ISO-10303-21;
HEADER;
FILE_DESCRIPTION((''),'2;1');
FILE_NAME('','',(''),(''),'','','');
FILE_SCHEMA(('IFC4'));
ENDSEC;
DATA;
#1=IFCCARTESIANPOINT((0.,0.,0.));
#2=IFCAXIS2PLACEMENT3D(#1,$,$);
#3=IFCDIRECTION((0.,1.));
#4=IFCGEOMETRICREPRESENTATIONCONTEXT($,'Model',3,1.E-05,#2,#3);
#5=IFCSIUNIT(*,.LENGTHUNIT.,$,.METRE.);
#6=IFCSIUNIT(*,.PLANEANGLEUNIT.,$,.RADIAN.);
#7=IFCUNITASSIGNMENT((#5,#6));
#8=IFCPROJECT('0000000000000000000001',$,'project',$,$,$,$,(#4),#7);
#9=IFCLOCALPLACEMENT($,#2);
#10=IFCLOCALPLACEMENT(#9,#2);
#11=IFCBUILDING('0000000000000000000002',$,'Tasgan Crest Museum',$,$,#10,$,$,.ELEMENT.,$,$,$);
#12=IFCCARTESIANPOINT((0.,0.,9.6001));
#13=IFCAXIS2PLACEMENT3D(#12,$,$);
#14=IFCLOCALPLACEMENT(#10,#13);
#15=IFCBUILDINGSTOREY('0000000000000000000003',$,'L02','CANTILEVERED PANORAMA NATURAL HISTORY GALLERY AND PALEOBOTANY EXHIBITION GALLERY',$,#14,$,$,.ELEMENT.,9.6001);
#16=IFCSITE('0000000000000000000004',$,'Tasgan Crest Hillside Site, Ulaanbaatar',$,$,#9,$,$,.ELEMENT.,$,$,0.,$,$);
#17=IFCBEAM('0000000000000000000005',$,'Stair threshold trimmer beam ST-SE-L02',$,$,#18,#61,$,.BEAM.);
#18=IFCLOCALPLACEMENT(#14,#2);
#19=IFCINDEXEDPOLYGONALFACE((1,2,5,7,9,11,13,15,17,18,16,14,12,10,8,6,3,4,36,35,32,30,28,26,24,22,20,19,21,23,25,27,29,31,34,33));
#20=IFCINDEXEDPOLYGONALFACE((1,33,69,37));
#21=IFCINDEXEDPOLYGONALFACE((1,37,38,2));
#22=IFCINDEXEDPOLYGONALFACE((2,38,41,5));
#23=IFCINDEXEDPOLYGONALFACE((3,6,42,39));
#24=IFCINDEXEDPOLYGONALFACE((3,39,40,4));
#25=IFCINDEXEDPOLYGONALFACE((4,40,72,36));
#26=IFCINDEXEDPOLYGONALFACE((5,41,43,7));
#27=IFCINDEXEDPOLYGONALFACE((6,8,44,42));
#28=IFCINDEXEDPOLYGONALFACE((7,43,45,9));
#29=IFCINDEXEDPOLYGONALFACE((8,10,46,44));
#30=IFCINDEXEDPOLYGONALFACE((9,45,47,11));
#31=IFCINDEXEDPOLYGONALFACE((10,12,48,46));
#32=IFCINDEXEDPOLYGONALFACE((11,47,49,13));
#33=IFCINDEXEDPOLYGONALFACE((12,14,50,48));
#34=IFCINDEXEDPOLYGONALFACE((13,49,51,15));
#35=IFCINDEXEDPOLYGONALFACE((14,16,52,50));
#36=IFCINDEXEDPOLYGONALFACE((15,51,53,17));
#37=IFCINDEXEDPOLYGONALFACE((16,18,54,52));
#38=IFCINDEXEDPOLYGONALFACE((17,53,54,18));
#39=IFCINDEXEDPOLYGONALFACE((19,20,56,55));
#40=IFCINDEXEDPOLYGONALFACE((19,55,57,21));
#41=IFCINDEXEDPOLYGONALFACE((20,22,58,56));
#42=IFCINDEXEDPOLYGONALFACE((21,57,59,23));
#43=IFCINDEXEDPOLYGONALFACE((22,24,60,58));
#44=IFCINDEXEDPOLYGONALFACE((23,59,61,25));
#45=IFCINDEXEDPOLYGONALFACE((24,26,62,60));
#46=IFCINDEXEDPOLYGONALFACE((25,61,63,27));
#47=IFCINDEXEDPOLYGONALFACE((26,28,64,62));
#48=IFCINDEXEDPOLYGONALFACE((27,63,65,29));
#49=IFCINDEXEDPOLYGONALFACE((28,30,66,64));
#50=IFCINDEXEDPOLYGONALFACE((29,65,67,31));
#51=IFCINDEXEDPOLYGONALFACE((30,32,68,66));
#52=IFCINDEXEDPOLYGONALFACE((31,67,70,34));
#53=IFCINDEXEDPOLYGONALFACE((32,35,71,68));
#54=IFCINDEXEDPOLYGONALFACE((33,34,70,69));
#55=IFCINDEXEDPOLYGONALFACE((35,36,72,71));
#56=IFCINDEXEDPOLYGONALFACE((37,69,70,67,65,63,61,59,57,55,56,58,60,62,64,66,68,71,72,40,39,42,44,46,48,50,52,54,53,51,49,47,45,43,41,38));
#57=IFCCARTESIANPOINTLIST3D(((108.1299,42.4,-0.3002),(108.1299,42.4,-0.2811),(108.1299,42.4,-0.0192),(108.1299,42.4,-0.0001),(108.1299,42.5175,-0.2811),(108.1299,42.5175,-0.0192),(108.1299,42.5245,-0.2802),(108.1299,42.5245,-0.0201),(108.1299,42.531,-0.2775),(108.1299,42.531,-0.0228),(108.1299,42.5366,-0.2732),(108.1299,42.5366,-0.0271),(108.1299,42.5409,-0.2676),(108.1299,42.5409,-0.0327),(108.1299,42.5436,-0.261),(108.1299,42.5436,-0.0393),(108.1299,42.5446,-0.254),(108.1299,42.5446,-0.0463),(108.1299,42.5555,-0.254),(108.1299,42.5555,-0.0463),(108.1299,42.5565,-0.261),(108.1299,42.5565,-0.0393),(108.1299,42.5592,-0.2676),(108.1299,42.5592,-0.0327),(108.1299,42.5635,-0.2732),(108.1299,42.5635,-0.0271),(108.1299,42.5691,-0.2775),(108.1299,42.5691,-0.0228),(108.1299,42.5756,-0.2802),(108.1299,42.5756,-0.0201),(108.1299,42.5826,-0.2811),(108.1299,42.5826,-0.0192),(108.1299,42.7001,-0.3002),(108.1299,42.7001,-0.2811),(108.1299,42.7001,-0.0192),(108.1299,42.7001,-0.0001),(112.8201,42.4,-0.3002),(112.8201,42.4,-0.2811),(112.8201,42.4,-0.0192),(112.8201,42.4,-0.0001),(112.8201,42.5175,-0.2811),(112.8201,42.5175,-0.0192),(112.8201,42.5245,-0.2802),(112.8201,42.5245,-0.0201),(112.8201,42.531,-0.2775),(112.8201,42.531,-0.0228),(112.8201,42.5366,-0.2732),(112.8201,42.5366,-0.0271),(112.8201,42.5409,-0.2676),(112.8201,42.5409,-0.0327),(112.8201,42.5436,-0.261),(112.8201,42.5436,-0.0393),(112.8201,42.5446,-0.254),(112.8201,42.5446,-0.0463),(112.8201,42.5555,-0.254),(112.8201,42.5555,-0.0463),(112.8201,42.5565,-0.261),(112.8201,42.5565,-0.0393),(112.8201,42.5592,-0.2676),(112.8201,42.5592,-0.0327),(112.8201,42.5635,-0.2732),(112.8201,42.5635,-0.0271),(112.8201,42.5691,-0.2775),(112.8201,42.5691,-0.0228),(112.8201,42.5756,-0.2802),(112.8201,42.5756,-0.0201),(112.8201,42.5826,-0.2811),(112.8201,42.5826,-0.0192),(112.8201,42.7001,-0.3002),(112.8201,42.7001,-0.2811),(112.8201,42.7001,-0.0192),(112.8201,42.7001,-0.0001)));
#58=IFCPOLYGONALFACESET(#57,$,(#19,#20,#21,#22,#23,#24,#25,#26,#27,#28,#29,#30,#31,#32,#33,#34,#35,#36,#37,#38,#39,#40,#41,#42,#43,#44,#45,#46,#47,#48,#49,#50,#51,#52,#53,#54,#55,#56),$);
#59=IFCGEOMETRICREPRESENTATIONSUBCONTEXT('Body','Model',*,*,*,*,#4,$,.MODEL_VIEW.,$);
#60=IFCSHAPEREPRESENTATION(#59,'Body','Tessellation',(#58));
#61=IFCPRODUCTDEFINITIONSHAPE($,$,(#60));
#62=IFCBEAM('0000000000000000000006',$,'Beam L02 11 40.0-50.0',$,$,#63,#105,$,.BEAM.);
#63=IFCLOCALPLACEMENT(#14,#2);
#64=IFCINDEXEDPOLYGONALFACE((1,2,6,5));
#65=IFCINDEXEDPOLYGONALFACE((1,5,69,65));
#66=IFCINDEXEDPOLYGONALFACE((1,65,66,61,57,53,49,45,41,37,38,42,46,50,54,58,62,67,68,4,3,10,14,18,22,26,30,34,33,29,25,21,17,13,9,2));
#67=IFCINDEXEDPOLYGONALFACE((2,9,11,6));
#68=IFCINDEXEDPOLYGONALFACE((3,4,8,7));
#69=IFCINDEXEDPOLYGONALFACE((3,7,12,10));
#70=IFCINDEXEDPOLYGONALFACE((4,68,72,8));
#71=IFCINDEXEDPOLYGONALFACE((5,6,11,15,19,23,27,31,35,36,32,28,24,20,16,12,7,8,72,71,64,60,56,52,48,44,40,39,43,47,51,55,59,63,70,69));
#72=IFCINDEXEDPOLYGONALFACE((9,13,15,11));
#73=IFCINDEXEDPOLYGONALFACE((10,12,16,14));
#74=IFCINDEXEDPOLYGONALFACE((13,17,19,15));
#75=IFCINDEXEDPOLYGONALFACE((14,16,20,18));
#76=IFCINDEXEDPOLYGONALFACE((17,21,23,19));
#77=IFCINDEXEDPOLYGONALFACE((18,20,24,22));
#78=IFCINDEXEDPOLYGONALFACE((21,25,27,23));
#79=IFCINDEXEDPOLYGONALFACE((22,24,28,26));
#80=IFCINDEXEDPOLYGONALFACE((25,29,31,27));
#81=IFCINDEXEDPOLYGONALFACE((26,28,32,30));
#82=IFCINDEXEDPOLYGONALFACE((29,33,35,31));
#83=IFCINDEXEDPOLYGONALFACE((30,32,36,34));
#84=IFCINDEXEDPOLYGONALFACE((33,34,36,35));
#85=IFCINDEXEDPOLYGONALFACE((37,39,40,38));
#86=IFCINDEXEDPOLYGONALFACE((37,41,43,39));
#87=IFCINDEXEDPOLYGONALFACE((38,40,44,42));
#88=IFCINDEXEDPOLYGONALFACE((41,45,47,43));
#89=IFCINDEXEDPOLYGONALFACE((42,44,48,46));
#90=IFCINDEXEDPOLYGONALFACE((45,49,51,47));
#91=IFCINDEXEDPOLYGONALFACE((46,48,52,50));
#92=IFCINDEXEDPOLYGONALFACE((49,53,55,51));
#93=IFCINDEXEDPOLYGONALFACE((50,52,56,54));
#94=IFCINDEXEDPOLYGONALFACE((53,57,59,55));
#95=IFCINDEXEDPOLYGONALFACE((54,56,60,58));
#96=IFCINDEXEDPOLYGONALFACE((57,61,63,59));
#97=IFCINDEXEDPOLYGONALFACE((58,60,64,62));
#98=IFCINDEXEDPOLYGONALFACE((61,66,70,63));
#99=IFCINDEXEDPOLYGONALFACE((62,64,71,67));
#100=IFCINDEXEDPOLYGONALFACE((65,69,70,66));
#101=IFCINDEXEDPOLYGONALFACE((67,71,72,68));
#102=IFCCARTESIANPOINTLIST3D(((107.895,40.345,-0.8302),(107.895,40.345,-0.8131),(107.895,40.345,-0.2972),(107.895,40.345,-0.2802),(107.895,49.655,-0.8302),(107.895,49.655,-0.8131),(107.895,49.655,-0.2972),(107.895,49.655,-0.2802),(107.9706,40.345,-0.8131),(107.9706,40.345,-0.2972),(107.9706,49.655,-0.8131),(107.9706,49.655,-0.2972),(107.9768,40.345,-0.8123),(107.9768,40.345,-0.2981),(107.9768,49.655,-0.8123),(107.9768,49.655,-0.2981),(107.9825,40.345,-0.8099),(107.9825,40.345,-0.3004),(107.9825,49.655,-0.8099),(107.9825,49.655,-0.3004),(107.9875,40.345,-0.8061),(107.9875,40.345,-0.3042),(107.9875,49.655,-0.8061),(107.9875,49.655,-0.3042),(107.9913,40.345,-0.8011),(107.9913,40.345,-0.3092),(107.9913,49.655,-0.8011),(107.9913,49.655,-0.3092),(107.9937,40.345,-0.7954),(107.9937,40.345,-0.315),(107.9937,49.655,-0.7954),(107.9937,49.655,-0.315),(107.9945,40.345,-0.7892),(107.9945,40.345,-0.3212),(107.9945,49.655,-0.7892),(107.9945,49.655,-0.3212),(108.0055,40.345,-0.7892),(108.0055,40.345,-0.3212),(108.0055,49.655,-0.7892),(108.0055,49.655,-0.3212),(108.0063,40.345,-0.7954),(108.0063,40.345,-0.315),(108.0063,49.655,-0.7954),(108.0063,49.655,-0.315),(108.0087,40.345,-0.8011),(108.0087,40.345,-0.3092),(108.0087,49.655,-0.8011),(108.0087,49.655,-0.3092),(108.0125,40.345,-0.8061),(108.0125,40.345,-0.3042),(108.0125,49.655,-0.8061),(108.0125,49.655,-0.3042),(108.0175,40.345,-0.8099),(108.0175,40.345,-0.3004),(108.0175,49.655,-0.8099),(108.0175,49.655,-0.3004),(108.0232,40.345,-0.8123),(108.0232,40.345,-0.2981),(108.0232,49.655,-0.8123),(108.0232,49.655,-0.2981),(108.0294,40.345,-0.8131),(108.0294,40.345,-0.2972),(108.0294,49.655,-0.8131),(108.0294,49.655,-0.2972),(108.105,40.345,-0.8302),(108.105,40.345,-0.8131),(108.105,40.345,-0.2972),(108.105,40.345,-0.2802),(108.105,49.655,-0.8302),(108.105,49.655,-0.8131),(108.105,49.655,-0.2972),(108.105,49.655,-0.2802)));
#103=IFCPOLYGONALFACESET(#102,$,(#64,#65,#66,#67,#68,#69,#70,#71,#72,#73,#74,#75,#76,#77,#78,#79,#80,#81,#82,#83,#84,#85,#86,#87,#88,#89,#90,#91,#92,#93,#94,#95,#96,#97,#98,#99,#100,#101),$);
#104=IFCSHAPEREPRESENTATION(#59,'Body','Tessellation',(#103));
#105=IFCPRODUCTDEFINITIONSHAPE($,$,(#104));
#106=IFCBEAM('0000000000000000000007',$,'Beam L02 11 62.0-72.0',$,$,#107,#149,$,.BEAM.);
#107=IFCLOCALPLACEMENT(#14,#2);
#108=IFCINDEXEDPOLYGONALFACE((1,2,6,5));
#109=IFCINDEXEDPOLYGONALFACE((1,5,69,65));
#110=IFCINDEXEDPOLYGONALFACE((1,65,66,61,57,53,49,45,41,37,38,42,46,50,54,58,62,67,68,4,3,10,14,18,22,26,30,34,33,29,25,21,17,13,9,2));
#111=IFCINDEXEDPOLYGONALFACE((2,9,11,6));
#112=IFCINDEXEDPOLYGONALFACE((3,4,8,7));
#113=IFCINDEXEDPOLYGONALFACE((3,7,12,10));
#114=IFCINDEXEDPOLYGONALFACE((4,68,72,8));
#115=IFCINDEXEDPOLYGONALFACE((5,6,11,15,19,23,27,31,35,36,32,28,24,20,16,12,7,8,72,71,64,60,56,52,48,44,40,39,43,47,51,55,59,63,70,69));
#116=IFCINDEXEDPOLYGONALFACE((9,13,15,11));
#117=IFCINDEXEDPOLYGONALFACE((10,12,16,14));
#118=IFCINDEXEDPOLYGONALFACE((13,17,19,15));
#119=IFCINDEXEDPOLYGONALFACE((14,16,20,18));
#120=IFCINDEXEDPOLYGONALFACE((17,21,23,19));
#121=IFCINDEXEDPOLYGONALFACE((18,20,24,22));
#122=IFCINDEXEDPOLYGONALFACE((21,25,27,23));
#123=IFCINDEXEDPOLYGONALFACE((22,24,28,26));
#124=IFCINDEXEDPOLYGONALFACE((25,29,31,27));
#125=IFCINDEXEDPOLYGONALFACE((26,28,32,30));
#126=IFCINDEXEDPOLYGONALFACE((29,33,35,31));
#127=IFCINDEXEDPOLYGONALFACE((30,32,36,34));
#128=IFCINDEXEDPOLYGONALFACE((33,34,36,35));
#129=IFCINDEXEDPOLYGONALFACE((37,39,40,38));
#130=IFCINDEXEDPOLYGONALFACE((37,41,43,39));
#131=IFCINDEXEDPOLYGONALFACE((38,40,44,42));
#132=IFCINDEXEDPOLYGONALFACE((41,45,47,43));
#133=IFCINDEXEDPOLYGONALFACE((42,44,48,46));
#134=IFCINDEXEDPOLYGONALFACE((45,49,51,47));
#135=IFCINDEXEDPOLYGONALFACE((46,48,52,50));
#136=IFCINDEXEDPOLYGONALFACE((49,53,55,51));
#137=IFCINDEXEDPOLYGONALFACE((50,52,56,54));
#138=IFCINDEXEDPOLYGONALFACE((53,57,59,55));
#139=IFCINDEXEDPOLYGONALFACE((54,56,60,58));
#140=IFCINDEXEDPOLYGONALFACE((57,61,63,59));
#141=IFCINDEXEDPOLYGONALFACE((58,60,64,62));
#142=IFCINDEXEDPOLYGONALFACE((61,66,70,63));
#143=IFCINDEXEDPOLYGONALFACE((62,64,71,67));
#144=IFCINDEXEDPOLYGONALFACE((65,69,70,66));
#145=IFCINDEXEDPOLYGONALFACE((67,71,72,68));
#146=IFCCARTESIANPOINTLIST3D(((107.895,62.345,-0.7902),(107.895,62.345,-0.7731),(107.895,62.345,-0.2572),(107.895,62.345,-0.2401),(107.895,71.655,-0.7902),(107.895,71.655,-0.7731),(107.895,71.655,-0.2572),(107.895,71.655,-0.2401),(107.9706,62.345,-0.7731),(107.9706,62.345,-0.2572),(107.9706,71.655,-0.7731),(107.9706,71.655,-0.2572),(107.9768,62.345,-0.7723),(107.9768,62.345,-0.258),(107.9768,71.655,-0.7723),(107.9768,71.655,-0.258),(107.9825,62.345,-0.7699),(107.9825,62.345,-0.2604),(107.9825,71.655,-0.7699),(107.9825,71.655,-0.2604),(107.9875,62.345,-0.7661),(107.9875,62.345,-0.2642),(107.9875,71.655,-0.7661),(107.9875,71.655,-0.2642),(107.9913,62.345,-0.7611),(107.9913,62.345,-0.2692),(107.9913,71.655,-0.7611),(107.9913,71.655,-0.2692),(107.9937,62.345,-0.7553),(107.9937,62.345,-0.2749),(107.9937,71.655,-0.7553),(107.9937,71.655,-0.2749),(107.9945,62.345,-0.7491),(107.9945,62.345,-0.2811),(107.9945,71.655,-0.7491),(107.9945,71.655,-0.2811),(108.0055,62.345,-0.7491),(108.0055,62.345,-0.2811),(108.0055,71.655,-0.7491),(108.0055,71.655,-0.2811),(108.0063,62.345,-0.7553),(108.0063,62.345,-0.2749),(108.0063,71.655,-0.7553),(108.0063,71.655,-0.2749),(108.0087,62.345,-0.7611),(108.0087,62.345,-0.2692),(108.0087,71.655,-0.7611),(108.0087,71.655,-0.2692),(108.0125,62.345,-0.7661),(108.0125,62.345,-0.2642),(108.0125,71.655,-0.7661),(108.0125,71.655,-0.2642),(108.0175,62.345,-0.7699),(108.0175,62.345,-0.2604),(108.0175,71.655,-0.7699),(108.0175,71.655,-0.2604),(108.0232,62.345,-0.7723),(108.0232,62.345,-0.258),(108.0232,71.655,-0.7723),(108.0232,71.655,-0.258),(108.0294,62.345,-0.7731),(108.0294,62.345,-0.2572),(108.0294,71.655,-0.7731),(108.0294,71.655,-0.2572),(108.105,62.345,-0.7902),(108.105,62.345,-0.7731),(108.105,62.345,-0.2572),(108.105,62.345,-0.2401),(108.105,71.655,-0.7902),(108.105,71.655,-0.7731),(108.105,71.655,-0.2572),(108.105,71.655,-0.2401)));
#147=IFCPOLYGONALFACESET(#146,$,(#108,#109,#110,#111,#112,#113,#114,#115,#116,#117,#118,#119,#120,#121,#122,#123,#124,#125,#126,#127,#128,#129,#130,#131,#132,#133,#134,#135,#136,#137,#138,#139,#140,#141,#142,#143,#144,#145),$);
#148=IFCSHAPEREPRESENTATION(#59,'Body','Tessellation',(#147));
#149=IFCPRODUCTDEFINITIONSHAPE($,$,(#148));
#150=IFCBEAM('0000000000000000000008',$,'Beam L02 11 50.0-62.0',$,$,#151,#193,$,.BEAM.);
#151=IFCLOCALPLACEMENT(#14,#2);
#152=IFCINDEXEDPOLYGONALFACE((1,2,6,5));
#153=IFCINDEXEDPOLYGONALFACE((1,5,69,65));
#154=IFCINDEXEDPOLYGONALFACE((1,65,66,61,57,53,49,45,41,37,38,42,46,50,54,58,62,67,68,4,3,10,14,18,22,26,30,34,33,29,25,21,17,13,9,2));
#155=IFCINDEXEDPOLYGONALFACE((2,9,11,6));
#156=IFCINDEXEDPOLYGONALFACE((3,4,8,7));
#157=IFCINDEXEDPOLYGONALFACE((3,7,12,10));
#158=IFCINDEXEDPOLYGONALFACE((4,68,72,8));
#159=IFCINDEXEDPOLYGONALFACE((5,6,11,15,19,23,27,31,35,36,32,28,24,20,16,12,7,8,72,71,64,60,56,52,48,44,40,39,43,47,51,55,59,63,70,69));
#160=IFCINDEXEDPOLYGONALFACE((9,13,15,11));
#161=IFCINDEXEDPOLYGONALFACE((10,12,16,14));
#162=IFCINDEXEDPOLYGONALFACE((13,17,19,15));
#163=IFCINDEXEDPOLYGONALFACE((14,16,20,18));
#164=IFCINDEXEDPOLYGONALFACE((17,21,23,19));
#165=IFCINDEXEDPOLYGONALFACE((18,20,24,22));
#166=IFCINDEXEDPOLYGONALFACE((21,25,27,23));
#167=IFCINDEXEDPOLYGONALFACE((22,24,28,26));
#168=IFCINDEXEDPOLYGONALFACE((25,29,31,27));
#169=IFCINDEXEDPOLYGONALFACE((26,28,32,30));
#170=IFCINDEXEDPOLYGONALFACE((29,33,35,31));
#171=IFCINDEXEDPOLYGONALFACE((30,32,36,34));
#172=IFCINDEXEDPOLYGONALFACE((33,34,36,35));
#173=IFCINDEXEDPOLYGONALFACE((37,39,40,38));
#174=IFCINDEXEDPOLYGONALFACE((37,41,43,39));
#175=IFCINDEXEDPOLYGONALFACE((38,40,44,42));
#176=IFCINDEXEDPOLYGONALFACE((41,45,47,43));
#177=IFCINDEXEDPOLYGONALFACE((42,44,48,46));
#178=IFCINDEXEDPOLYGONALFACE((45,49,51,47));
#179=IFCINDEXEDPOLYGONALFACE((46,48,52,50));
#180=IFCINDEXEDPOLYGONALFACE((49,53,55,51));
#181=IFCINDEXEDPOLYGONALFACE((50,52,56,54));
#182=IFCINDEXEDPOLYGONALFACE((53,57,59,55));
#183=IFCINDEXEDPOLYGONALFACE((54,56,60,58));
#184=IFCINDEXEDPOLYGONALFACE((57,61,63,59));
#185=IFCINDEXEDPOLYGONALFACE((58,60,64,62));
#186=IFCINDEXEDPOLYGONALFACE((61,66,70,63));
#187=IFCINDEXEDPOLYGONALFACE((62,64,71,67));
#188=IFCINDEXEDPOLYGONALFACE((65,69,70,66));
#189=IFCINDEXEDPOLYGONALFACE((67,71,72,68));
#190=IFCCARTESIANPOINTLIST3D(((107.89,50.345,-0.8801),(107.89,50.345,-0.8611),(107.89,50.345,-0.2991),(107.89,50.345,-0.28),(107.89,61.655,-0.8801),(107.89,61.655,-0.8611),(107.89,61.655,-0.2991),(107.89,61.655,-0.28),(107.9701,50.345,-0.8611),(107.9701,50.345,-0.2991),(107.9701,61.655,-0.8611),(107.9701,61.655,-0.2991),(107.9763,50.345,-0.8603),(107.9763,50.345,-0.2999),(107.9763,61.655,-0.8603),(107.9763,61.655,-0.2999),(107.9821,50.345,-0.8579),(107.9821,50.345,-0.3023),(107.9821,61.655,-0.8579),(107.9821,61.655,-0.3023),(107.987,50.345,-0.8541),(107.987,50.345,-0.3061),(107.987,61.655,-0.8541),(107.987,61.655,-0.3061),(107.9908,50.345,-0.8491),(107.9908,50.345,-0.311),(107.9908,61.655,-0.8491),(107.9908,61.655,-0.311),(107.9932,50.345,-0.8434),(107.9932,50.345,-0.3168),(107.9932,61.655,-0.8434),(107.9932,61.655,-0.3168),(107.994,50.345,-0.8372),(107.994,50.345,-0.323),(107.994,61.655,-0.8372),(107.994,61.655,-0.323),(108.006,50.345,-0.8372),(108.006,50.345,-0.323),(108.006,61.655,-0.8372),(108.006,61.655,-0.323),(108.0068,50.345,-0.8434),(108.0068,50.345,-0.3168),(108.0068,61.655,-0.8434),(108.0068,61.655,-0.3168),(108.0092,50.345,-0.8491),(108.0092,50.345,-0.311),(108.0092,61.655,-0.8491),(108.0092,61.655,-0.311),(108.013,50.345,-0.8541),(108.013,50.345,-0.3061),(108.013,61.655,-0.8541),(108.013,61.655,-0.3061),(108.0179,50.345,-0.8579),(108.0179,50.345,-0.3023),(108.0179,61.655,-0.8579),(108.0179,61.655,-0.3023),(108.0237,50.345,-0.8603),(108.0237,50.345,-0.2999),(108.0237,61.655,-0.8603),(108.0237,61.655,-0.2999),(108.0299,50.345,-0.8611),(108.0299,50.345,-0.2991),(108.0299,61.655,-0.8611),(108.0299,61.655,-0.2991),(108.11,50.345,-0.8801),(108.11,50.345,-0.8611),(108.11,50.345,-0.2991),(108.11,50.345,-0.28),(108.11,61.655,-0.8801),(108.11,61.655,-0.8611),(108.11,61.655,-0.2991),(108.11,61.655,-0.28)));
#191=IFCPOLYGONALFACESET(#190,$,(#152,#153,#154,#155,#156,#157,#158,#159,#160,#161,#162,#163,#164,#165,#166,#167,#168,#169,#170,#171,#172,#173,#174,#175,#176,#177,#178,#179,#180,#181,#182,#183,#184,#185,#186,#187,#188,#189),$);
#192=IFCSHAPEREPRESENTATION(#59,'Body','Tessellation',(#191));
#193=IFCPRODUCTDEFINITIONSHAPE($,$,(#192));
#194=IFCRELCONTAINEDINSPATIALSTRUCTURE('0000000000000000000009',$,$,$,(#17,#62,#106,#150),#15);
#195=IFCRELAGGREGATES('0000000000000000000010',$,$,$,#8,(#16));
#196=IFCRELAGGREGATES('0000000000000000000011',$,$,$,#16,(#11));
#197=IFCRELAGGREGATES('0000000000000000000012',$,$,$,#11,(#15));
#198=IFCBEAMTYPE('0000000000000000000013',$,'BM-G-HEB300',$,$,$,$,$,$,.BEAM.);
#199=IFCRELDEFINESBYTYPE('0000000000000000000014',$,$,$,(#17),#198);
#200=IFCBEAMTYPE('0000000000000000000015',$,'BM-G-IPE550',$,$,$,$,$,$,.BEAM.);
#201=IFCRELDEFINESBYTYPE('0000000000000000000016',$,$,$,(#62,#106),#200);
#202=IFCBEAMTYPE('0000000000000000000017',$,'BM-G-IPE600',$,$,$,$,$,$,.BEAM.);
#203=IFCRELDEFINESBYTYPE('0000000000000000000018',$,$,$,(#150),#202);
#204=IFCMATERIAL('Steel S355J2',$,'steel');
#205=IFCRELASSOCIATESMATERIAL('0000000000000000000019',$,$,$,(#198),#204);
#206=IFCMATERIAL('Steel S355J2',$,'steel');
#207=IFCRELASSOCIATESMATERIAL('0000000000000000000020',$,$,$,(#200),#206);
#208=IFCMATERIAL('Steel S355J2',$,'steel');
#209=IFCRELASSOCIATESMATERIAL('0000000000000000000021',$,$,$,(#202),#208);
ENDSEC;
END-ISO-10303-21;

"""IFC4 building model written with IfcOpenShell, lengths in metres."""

from ifc_helpers import new_model, si_unit, direction, frame, origin, origin_2d, place, context, subcontext, project, spatial, i_section, extrude, material, material_profile, profile_set, type_object, element, save


model = new_model("IFC4")

# Units and contexts
model_context = context("Model", 3, precision=1e-05, world=origin(), true_north=direction((0.0, 1.0)))
body_context = subcontext(model_context, "Body", "Model", "MODEL_VIEW")
ifc_project = project(units=[si_unit("LENGTHUNIT", "METRE"), si_unit("PLANEANGLEUNIT", "RADIAN")], contexts=[model_context])

# Site, building, storey
site_placement = place(None, origin())
site = spatial("IfcSite", under=ifc_project, at=site_placement, Name="Tasgan Crest Hillside Site, Ulaanbaatar", CompositionType="ELEMENT", RefElevation=0.0)
building_placement = place(site_placement, origin())
building = spatial("IfcBuilding", under=site, at=building_placement, Name="Tasgan Crest Museum", CompositionType="ELEMENT")
storey_placement = place(building_placement, frame((0.0, 0.0, 9.6001)))
storey = spatial("IfcBuildingStorey", under=building, at=storey_placement, Name="L02", Description="CANTILEVERED PANORAMA NATURAL HISTORY GALLERY AND PALEOBOTANY EXHIBITION GALLERY", CompositionType="ELEMENT", Elevation=9.6001)

# Beams
ifc_material_1 = material(Name="Steel S355J2", Category="steel")
ifc_material_profile_1 = material_profile(ifc_material_1, i_section(OverallWidth=0.3, OverallDepth=0.3, WebThickness=0.011, FlangeThickness=0.019, FilletRadius=0.0271, at=origin_2d()), Name="HEB 300")
ifc_profile_set_1 = profile_set([ifc_material_profile_1], Name="Steel S355J2")
beam_type_1 = type_object("IfcBeamType", Name="BM-G-HEB300", PredefinedType="BEAM", material=ifc_profile_set_1)
beam_1_placement = place(storey_placement, frame((108.1299, 42.55, -0.1501), z_axis=(1.0, 0.0, 0.0), x_axis=(0.0, 1.0, 0.0)))
element("IfcBeam", 1, at=beam_1_placement, inside=storey, type_object=beam_type_1, Name="Stair threshold trimmer beam ST-SE-L02", PredefinedType="BEAM", context=body_context, shape_type="SweptSolid", body=[
    extrude(i_section(OverallWidth=0.3, OverallDepth=0.3, WebThickness=0.011, FlangeThickness=0.019, FilletRadius=0.0271, at=origin_2d()), origin(), (0.0, 0.0, 1.0), 4.6902),
])
ifc_material_2 = material(Name="Steel S355J2", Category="steel")
ifc_material_profile_2 = material_profile(ifc_material_2, i_section(OverallWidth=0.21, OverallDepth=0.55, WebThickness=0.011, FlangeThickness=0.0171, FilletRadius=0.0239, at=origin_2d()), Name="IPE 550")
ifc_profile_set_2 = profile_set([ifc_material_profile_2], Name="Steel S355J2")
beam_type_2 = type_object("IfcBeamType", Name="BM-G-IPE550", PredefinedType="BEAM", material=ifc_profile_set_2)
for number, where, z_axis, x_axis, name in (
    (2, (108.0, 40.345, -0.5552), (0.0, 1.0, 0.0), (-1.0, 0.0, 0.0), "Beam L02 11 40.0-50.0"),
    (3, (108.0, 62.345, -0.5151), (0.0, 1.0, 0.0), (-1.0, 0.0, 0.0), "Beam L02 11 62.0-72.0"),
):
    element("IfcBeam", number, at=place(storey_placement, frame(where, z_axis=z_axis, x_axis=x_axis)), inside=storey, type_object=beam_type_2, Name=name, PredefinedType="BEAM", context=body_context, shape_type="SweptSolid", body=[
        extrude(i_section(OverallWidth=0.21, OverallDepth=0.55, WebThickness=0.011, FlangeThickness=0.0171, FilletRadius=0.0239, at=origin_2d()), origin(), (0.0, 0.0, 1.0), 9.3101),
    ])
ifc_material_3 = material(Name="Steel S355J2", Category="steel")
ifc_material_profile_3 = material_profile(ifc_material_3, i_section(OverallWidth=0.22, OverallDepth=0.6001, WebThickness=0.012, FlangeThickness=0.019, FilletRadius=0.0239, at=origin_2d()), Name="IPE 600")
ifc_profile_set_3 = profile_set([ifc_material_profile_3], Name="Steel S355J2")
beam_type_3 = type_object("IfcBeamType", Name="BM-G-IPE600", PredefinedType="BEAM", material=ifc_profile_set_3)
beam_2_placement = place(storey_placement, frame((108.0, 50.345, -0.5801), z_axis=(0.0, 1.0, 0.0), x_axis=(-1.0, 0.0, 0.0)))
element("IfcBeam", 4, at=beam_2_placement, inside=storey, type_object=beam_type_3, Name="Beam L02 11 50.0-62.0", PredefinedType="BEAM", context=body_context, shape_type="SweptSolid", body=[
    extrude(i_section(OverallWidth=0.22, OverallDepth=0.6001, WebThickness=0.012, FlangeThickness=0.019, FilletRadius=0.0239, at=origin_2d()), origin(), (0.0, 0.0, 1.0), 11.3101),
])

save(model, "model.ifc")
